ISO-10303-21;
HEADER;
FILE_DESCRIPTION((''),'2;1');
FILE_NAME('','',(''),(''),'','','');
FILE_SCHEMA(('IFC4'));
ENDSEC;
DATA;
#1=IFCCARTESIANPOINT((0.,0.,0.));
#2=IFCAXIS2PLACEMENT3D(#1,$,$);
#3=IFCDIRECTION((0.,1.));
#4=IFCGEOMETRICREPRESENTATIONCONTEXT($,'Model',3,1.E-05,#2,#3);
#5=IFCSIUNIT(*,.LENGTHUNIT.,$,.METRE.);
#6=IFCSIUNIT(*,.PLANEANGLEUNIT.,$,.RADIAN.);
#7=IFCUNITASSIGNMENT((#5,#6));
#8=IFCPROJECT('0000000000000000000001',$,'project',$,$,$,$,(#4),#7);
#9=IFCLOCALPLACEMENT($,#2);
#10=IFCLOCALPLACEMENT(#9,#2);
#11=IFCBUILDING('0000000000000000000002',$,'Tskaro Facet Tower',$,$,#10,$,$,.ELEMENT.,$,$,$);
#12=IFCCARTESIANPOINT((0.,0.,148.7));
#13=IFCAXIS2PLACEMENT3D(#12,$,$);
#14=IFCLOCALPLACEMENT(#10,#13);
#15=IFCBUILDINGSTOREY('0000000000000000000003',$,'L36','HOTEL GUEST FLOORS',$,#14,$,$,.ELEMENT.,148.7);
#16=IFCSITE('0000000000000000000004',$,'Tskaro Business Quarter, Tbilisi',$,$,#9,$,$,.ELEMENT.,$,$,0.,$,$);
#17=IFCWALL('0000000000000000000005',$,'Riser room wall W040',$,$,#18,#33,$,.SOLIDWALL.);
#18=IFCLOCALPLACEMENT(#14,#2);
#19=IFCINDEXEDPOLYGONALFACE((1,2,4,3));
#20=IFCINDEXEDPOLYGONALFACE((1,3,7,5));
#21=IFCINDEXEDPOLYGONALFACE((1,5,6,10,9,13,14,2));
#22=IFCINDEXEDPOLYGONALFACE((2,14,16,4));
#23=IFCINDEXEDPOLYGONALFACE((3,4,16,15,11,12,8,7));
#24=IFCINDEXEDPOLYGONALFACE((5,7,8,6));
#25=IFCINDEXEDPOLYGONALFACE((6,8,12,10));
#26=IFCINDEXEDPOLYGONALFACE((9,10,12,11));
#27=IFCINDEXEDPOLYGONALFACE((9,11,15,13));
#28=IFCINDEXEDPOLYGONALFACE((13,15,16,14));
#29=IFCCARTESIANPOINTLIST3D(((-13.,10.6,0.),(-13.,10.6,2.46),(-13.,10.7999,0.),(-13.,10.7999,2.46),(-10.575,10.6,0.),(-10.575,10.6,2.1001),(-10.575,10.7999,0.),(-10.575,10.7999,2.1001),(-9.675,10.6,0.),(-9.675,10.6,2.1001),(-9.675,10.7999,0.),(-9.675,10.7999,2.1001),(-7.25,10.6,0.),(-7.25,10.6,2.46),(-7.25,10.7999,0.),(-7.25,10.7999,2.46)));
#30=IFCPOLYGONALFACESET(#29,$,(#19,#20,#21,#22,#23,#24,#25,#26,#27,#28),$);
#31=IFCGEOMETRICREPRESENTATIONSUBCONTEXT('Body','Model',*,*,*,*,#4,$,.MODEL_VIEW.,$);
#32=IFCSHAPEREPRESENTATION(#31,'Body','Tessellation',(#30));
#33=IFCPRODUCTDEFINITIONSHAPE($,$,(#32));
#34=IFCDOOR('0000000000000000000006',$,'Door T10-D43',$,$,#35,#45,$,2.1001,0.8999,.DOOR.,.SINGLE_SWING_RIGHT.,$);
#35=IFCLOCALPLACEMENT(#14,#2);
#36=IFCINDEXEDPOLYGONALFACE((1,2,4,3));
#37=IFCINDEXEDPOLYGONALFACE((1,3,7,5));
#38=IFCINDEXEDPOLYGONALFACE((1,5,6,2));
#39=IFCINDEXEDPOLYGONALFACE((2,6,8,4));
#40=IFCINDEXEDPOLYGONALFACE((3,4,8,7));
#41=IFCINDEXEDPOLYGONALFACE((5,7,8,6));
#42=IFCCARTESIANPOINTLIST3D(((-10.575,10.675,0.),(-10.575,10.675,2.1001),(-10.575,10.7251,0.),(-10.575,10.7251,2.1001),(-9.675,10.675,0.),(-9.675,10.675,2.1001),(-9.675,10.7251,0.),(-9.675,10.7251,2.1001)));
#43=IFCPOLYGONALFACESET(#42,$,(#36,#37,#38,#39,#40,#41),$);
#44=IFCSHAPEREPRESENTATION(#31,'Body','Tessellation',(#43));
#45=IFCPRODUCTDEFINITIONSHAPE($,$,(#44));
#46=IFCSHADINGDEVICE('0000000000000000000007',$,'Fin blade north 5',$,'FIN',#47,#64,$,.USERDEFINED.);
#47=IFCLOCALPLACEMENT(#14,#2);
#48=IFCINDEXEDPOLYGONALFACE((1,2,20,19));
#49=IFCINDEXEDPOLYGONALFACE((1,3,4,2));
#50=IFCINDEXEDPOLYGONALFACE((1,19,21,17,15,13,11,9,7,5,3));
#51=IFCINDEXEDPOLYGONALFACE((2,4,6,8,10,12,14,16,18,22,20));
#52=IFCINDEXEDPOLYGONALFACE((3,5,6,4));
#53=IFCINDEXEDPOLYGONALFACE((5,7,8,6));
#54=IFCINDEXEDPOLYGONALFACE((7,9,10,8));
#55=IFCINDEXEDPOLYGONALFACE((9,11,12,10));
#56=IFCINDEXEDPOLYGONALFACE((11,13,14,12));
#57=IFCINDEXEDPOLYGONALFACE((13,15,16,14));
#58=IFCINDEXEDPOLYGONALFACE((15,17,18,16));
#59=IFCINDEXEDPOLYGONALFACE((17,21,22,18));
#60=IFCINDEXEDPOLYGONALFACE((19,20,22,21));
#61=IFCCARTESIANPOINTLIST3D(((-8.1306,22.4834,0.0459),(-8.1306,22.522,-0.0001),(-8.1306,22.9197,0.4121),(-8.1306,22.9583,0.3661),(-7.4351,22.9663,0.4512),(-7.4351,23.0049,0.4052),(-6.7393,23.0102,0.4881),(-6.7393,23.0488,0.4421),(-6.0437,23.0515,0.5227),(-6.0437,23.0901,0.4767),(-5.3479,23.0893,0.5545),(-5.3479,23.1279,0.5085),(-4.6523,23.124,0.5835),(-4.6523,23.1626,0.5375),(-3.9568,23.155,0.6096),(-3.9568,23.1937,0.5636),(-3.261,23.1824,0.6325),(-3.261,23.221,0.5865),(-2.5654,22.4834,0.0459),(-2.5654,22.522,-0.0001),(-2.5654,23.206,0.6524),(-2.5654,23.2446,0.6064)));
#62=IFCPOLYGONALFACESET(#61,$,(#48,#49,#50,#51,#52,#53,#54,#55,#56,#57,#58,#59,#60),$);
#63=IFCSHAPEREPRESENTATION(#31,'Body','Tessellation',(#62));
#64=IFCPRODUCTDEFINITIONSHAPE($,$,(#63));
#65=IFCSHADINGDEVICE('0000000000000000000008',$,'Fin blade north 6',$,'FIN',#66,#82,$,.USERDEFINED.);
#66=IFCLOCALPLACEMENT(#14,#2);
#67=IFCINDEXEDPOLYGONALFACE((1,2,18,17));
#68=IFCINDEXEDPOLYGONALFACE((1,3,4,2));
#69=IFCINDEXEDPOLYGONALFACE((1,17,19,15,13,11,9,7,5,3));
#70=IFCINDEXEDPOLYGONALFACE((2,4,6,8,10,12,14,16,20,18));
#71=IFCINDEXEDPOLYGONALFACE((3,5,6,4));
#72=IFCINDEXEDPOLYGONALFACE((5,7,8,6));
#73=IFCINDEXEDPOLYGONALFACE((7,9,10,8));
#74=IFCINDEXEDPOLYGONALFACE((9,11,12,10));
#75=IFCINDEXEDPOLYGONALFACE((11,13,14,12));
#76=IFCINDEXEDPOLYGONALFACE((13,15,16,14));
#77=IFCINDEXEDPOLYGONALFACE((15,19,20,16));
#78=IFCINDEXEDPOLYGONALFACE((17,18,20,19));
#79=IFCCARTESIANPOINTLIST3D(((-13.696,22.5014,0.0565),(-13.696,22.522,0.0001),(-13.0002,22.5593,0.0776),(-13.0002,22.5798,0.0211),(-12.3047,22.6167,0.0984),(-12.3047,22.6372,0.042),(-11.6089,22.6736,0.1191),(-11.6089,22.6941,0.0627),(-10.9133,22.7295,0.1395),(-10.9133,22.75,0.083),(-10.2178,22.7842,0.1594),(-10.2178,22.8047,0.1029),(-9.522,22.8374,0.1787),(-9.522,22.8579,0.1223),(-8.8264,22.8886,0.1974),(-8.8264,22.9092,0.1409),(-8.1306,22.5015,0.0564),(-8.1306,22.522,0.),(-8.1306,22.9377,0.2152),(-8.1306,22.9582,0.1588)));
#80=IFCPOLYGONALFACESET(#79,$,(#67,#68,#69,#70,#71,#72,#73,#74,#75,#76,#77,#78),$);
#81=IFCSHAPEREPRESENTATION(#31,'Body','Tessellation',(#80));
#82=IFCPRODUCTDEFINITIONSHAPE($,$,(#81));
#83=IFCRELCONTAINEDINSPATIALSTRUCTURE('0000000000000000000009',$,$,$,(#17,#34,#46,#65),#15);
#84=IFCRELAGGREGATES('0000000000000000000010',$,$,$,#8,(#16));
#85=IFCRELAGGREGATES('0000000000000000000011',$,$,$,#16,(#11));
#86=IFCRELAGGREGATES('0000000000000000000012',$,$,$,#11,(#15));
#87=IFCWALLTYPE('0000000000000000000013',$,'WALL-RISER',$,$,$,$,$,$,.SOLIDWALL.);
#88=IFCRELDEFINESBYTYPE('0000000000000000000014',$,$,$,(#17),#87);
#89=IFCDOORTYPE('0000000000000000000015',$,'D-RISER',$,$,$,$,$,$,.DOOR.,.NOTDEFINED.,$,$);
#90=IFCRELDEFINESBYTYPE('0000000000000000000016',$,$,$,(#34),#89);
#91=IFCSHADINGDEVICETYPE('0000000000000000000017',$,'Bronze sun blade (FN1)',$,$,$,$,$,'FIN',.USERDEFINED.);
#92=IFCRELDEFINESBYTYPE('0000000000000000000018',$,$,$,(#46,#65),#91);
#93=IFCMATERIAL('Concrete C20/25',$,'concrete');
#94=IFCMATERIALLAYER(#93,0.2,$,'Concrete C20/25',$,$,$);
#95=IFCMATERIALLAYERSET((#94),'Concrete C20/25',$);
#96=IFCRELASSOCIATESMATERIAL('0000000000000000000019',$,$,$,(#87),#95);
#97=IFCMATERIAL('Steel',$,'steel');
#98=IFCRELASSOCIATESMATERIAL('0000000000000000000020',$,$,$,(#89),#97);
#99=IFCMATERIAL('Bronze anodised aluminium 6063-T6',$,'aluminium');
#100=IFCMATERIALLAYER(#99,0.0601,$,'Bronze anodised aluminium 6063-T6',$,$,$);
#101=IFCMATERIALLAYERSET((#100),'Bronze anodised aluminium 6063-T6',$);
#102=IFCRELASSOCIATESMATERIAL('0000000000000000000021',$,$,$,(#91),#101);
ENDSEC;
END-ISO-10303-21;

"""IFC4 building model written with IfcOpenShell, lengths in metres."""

from ifc_helpers import new_model, si_unit, direction, frame, frame_2d, origin, place, context, subcontext, project, spatial, polyline, rectangle, outline, extrude, material, layer, layer_set, type_object, element, fill, save


model = new_model("IFC4")

# Units and contexts
model_context = context("Model", 3, precision=1e-05, world=origin(), true_north=direction((0.0, 1.0)))
body_context = subcontext(model_context, "Body", "Model", "MODEL_VIEW")
ifc_project = project(units=[si_unit("LENGTHUNIT", "METRE"), si_unit("PLANEANGLEUNIT", "RADIAN")], contexts=[model_context])

# Site, building, storey
site_placement = place(None, origin())
site = spatial("IfcSite", under=ifc_project, at=site_placement, Name="Tskaro Business Quarter, Tbilisi", CompositionType="ELEMENT", RefElevation=0.0)
building_placement = place(site_placement, origin())
building = spatial("IfcBuilding", under=site, at=building_placement, Name="Tskaro Facet Tower", CompositionType="ELEMENT")
storey_placement = place(building_placement, frame((0.0, 0.0, 148.7)))
storey = spatial("IfcBuildingStorey", under=building, at=storey_placement, Name="L36", Description="HOTEL GUEST FLOORS", CompositionType="ELEMENT", Elevation=148.7)

# Shared definitions
ifc_material_1 = material(Name="Bronze anodised aluminium 6063-T6", Category="aluminium")

# Wall, opening, door
ifc_material_2 = material(Name="Concrete C20/25", Category="concrete")
ifc_layer_1 = layer(ifc_material_2, 0.2, Name="Concrete C20/25")
ifc_layer_set_1 = layer_set([ifc_layer_1], Name="Concrete C20/25")
wall_type_1 = type_object("IfcWallType", Name="WALL-RISER", PredefinedType="SOLIDWALL", material=ifc_layer_set_1)
wall_1_placement = place(storey_placement, frame((-7.25, 10.7, 0.0), z_axis=(0.0, 0.0, 1.0), x_axis=(-1.0, 0.0, 0.0)))
wall_1 = element("IfcWall", 1, at=wall_1_placement, inside=storey, type_object=wall_type_1, Name="Riser room wall W040", PredefinedType="SOLIDWALL", context=body_context, shape_type="SweptSolid", body=[
    extrude(rectangle(XDim=5.75, YDim=0.2, at=frame_2d((2.875, 0.0))), origin(), (0.0, 0.0, 1.0), 2.46),
])
opening_1_placement = place(wall_1_placement, frame((2.425, 0.0, 0.0)))
opening_1 = element("IfcOpeningElement", 2, at=opening_1_placement, cuts=wall_1, PredefinedType="OPENING", context=body_context, shape_type="SweptSolid", body=[
    extrude(rectangle(XDim=0.8999, YDim=2.1001, at=frame_2d((0.45, 1.05))), frame((0.0, 0.1099, 0.0), z_axis=(0.0, -1.0, 0.0), x_axis=(1.0, 0.0, 0.0)), (0.0, 0.0, 1.0), 0.22),
])
ifc_material_3 = material(Name="Steel", Category="steel")
door_type_1 = type_object("IfcDoorType", Name="D-RISER", OperationType="NOTDEFINED", PredefinedType="DOOR", material=ifc_material_3)
door_1_placement = place(opening_1_placement, origin())
door_1 = element("IfcDoor", 3, at=door_1_placement, inside=storey, type_object=door_type_1, Name="Door T10-D43", OperationType="SINGLE_SWING_RIGHT", OverallHeight=2.1001, OverallWidth=0.8999, PredefinedType="DOOR", context=body_context, shape_type="SweptSolid", body=[
    extrude(rectangle(XDim=0.8999, YDim=2.1001, at=frame_2d((0.45, 1.05))), frame((0.0, 0.0249, 0.0), z_axis=(0.0, -1.0, 0.0), x_axis=(1.0, 0.0, 0.0)), (0.0, 0.0, 1.0), 0.05),
])
fill(opening_1, door_1)

# Shading devices
ifc_layer_2 = layer(ifc_material_1, 0.0601, Name="Bronze anodised aluminium 6063-T6")
ifc_layer_set_2 = layer_set([ifc_layer_2], Name="Bronze anodised aluminium 6063-T6")
shading_device_type = type_object("IfcShadingDeviceType", Name="Bronze sun blade (FN1)", ElementType="FIN", PredefinedType="USERDEFINED", material=ifc_layer_set_2)
shading_device_1_placement = place(storey_placement, frame((-2.5654, 22.4834, 0.0459), z_axis=(0.000007, -0.64286, 0.765984), x_axis=(-1.0, -0.000005, 0.000006)))
element("IfcShadingDevice", 4, at=shading_device_1_placement, inside=storey, type_object=shading_device_type, Name="Fin blade north 5", ObjectType="FIN", PredefinedType="USERDEFINED", context=body_context, shape_type="SweptSolid", body=[
    extrude(outline(polyline([(0.0, 0.0), (5.5652, 0.0), (5.5652, -0.5696), (4.8696, -0.6304), (4.1738, -0.6878), (3.4783, -0.7417), (2.7825, -0.7911), (2.0869, -0.8363), (1.3914, -0.8769), (0.6956, -0.9125), (0.0, -0.9434), (0.0, 0.0)])), origin(), (0.0, 0.0, -1.0), 0.0601),
])
shading_device_2_placement = place(storey_placement, frame((-8.1306, 22.5015, 0.0564), z_axis=(0.000023, -0.342091, 0.939667), x_axis=(-1.0, -0.000008, 0.000022)))
element("IfcShadingDevice", 5, at=shading_device_2_placement, inside=storey, type_object=shading_device_type, Name="Fin blade north 6", ObjectType="FIN", PredefinedType="USERDEFINED", context=body_context, shape_type="SweptSolid", body=[
    extrude(outline(polyline([(0.0, 0.0), (5.5654, 0.0), (4.8696, -0.0616), (4.1741, -0.1226), (3.4783, -0.1832), (2.7827, -0.2427), (2.0872, -0.3009), (1.3914, -0.3575), (0.6958, -0.412), (0.0, -0.4642), (0.0, 0.0)])), origin(), (0.0, 0.0, -1.0), 0.0601),
])

save(model, "model.ifc")
